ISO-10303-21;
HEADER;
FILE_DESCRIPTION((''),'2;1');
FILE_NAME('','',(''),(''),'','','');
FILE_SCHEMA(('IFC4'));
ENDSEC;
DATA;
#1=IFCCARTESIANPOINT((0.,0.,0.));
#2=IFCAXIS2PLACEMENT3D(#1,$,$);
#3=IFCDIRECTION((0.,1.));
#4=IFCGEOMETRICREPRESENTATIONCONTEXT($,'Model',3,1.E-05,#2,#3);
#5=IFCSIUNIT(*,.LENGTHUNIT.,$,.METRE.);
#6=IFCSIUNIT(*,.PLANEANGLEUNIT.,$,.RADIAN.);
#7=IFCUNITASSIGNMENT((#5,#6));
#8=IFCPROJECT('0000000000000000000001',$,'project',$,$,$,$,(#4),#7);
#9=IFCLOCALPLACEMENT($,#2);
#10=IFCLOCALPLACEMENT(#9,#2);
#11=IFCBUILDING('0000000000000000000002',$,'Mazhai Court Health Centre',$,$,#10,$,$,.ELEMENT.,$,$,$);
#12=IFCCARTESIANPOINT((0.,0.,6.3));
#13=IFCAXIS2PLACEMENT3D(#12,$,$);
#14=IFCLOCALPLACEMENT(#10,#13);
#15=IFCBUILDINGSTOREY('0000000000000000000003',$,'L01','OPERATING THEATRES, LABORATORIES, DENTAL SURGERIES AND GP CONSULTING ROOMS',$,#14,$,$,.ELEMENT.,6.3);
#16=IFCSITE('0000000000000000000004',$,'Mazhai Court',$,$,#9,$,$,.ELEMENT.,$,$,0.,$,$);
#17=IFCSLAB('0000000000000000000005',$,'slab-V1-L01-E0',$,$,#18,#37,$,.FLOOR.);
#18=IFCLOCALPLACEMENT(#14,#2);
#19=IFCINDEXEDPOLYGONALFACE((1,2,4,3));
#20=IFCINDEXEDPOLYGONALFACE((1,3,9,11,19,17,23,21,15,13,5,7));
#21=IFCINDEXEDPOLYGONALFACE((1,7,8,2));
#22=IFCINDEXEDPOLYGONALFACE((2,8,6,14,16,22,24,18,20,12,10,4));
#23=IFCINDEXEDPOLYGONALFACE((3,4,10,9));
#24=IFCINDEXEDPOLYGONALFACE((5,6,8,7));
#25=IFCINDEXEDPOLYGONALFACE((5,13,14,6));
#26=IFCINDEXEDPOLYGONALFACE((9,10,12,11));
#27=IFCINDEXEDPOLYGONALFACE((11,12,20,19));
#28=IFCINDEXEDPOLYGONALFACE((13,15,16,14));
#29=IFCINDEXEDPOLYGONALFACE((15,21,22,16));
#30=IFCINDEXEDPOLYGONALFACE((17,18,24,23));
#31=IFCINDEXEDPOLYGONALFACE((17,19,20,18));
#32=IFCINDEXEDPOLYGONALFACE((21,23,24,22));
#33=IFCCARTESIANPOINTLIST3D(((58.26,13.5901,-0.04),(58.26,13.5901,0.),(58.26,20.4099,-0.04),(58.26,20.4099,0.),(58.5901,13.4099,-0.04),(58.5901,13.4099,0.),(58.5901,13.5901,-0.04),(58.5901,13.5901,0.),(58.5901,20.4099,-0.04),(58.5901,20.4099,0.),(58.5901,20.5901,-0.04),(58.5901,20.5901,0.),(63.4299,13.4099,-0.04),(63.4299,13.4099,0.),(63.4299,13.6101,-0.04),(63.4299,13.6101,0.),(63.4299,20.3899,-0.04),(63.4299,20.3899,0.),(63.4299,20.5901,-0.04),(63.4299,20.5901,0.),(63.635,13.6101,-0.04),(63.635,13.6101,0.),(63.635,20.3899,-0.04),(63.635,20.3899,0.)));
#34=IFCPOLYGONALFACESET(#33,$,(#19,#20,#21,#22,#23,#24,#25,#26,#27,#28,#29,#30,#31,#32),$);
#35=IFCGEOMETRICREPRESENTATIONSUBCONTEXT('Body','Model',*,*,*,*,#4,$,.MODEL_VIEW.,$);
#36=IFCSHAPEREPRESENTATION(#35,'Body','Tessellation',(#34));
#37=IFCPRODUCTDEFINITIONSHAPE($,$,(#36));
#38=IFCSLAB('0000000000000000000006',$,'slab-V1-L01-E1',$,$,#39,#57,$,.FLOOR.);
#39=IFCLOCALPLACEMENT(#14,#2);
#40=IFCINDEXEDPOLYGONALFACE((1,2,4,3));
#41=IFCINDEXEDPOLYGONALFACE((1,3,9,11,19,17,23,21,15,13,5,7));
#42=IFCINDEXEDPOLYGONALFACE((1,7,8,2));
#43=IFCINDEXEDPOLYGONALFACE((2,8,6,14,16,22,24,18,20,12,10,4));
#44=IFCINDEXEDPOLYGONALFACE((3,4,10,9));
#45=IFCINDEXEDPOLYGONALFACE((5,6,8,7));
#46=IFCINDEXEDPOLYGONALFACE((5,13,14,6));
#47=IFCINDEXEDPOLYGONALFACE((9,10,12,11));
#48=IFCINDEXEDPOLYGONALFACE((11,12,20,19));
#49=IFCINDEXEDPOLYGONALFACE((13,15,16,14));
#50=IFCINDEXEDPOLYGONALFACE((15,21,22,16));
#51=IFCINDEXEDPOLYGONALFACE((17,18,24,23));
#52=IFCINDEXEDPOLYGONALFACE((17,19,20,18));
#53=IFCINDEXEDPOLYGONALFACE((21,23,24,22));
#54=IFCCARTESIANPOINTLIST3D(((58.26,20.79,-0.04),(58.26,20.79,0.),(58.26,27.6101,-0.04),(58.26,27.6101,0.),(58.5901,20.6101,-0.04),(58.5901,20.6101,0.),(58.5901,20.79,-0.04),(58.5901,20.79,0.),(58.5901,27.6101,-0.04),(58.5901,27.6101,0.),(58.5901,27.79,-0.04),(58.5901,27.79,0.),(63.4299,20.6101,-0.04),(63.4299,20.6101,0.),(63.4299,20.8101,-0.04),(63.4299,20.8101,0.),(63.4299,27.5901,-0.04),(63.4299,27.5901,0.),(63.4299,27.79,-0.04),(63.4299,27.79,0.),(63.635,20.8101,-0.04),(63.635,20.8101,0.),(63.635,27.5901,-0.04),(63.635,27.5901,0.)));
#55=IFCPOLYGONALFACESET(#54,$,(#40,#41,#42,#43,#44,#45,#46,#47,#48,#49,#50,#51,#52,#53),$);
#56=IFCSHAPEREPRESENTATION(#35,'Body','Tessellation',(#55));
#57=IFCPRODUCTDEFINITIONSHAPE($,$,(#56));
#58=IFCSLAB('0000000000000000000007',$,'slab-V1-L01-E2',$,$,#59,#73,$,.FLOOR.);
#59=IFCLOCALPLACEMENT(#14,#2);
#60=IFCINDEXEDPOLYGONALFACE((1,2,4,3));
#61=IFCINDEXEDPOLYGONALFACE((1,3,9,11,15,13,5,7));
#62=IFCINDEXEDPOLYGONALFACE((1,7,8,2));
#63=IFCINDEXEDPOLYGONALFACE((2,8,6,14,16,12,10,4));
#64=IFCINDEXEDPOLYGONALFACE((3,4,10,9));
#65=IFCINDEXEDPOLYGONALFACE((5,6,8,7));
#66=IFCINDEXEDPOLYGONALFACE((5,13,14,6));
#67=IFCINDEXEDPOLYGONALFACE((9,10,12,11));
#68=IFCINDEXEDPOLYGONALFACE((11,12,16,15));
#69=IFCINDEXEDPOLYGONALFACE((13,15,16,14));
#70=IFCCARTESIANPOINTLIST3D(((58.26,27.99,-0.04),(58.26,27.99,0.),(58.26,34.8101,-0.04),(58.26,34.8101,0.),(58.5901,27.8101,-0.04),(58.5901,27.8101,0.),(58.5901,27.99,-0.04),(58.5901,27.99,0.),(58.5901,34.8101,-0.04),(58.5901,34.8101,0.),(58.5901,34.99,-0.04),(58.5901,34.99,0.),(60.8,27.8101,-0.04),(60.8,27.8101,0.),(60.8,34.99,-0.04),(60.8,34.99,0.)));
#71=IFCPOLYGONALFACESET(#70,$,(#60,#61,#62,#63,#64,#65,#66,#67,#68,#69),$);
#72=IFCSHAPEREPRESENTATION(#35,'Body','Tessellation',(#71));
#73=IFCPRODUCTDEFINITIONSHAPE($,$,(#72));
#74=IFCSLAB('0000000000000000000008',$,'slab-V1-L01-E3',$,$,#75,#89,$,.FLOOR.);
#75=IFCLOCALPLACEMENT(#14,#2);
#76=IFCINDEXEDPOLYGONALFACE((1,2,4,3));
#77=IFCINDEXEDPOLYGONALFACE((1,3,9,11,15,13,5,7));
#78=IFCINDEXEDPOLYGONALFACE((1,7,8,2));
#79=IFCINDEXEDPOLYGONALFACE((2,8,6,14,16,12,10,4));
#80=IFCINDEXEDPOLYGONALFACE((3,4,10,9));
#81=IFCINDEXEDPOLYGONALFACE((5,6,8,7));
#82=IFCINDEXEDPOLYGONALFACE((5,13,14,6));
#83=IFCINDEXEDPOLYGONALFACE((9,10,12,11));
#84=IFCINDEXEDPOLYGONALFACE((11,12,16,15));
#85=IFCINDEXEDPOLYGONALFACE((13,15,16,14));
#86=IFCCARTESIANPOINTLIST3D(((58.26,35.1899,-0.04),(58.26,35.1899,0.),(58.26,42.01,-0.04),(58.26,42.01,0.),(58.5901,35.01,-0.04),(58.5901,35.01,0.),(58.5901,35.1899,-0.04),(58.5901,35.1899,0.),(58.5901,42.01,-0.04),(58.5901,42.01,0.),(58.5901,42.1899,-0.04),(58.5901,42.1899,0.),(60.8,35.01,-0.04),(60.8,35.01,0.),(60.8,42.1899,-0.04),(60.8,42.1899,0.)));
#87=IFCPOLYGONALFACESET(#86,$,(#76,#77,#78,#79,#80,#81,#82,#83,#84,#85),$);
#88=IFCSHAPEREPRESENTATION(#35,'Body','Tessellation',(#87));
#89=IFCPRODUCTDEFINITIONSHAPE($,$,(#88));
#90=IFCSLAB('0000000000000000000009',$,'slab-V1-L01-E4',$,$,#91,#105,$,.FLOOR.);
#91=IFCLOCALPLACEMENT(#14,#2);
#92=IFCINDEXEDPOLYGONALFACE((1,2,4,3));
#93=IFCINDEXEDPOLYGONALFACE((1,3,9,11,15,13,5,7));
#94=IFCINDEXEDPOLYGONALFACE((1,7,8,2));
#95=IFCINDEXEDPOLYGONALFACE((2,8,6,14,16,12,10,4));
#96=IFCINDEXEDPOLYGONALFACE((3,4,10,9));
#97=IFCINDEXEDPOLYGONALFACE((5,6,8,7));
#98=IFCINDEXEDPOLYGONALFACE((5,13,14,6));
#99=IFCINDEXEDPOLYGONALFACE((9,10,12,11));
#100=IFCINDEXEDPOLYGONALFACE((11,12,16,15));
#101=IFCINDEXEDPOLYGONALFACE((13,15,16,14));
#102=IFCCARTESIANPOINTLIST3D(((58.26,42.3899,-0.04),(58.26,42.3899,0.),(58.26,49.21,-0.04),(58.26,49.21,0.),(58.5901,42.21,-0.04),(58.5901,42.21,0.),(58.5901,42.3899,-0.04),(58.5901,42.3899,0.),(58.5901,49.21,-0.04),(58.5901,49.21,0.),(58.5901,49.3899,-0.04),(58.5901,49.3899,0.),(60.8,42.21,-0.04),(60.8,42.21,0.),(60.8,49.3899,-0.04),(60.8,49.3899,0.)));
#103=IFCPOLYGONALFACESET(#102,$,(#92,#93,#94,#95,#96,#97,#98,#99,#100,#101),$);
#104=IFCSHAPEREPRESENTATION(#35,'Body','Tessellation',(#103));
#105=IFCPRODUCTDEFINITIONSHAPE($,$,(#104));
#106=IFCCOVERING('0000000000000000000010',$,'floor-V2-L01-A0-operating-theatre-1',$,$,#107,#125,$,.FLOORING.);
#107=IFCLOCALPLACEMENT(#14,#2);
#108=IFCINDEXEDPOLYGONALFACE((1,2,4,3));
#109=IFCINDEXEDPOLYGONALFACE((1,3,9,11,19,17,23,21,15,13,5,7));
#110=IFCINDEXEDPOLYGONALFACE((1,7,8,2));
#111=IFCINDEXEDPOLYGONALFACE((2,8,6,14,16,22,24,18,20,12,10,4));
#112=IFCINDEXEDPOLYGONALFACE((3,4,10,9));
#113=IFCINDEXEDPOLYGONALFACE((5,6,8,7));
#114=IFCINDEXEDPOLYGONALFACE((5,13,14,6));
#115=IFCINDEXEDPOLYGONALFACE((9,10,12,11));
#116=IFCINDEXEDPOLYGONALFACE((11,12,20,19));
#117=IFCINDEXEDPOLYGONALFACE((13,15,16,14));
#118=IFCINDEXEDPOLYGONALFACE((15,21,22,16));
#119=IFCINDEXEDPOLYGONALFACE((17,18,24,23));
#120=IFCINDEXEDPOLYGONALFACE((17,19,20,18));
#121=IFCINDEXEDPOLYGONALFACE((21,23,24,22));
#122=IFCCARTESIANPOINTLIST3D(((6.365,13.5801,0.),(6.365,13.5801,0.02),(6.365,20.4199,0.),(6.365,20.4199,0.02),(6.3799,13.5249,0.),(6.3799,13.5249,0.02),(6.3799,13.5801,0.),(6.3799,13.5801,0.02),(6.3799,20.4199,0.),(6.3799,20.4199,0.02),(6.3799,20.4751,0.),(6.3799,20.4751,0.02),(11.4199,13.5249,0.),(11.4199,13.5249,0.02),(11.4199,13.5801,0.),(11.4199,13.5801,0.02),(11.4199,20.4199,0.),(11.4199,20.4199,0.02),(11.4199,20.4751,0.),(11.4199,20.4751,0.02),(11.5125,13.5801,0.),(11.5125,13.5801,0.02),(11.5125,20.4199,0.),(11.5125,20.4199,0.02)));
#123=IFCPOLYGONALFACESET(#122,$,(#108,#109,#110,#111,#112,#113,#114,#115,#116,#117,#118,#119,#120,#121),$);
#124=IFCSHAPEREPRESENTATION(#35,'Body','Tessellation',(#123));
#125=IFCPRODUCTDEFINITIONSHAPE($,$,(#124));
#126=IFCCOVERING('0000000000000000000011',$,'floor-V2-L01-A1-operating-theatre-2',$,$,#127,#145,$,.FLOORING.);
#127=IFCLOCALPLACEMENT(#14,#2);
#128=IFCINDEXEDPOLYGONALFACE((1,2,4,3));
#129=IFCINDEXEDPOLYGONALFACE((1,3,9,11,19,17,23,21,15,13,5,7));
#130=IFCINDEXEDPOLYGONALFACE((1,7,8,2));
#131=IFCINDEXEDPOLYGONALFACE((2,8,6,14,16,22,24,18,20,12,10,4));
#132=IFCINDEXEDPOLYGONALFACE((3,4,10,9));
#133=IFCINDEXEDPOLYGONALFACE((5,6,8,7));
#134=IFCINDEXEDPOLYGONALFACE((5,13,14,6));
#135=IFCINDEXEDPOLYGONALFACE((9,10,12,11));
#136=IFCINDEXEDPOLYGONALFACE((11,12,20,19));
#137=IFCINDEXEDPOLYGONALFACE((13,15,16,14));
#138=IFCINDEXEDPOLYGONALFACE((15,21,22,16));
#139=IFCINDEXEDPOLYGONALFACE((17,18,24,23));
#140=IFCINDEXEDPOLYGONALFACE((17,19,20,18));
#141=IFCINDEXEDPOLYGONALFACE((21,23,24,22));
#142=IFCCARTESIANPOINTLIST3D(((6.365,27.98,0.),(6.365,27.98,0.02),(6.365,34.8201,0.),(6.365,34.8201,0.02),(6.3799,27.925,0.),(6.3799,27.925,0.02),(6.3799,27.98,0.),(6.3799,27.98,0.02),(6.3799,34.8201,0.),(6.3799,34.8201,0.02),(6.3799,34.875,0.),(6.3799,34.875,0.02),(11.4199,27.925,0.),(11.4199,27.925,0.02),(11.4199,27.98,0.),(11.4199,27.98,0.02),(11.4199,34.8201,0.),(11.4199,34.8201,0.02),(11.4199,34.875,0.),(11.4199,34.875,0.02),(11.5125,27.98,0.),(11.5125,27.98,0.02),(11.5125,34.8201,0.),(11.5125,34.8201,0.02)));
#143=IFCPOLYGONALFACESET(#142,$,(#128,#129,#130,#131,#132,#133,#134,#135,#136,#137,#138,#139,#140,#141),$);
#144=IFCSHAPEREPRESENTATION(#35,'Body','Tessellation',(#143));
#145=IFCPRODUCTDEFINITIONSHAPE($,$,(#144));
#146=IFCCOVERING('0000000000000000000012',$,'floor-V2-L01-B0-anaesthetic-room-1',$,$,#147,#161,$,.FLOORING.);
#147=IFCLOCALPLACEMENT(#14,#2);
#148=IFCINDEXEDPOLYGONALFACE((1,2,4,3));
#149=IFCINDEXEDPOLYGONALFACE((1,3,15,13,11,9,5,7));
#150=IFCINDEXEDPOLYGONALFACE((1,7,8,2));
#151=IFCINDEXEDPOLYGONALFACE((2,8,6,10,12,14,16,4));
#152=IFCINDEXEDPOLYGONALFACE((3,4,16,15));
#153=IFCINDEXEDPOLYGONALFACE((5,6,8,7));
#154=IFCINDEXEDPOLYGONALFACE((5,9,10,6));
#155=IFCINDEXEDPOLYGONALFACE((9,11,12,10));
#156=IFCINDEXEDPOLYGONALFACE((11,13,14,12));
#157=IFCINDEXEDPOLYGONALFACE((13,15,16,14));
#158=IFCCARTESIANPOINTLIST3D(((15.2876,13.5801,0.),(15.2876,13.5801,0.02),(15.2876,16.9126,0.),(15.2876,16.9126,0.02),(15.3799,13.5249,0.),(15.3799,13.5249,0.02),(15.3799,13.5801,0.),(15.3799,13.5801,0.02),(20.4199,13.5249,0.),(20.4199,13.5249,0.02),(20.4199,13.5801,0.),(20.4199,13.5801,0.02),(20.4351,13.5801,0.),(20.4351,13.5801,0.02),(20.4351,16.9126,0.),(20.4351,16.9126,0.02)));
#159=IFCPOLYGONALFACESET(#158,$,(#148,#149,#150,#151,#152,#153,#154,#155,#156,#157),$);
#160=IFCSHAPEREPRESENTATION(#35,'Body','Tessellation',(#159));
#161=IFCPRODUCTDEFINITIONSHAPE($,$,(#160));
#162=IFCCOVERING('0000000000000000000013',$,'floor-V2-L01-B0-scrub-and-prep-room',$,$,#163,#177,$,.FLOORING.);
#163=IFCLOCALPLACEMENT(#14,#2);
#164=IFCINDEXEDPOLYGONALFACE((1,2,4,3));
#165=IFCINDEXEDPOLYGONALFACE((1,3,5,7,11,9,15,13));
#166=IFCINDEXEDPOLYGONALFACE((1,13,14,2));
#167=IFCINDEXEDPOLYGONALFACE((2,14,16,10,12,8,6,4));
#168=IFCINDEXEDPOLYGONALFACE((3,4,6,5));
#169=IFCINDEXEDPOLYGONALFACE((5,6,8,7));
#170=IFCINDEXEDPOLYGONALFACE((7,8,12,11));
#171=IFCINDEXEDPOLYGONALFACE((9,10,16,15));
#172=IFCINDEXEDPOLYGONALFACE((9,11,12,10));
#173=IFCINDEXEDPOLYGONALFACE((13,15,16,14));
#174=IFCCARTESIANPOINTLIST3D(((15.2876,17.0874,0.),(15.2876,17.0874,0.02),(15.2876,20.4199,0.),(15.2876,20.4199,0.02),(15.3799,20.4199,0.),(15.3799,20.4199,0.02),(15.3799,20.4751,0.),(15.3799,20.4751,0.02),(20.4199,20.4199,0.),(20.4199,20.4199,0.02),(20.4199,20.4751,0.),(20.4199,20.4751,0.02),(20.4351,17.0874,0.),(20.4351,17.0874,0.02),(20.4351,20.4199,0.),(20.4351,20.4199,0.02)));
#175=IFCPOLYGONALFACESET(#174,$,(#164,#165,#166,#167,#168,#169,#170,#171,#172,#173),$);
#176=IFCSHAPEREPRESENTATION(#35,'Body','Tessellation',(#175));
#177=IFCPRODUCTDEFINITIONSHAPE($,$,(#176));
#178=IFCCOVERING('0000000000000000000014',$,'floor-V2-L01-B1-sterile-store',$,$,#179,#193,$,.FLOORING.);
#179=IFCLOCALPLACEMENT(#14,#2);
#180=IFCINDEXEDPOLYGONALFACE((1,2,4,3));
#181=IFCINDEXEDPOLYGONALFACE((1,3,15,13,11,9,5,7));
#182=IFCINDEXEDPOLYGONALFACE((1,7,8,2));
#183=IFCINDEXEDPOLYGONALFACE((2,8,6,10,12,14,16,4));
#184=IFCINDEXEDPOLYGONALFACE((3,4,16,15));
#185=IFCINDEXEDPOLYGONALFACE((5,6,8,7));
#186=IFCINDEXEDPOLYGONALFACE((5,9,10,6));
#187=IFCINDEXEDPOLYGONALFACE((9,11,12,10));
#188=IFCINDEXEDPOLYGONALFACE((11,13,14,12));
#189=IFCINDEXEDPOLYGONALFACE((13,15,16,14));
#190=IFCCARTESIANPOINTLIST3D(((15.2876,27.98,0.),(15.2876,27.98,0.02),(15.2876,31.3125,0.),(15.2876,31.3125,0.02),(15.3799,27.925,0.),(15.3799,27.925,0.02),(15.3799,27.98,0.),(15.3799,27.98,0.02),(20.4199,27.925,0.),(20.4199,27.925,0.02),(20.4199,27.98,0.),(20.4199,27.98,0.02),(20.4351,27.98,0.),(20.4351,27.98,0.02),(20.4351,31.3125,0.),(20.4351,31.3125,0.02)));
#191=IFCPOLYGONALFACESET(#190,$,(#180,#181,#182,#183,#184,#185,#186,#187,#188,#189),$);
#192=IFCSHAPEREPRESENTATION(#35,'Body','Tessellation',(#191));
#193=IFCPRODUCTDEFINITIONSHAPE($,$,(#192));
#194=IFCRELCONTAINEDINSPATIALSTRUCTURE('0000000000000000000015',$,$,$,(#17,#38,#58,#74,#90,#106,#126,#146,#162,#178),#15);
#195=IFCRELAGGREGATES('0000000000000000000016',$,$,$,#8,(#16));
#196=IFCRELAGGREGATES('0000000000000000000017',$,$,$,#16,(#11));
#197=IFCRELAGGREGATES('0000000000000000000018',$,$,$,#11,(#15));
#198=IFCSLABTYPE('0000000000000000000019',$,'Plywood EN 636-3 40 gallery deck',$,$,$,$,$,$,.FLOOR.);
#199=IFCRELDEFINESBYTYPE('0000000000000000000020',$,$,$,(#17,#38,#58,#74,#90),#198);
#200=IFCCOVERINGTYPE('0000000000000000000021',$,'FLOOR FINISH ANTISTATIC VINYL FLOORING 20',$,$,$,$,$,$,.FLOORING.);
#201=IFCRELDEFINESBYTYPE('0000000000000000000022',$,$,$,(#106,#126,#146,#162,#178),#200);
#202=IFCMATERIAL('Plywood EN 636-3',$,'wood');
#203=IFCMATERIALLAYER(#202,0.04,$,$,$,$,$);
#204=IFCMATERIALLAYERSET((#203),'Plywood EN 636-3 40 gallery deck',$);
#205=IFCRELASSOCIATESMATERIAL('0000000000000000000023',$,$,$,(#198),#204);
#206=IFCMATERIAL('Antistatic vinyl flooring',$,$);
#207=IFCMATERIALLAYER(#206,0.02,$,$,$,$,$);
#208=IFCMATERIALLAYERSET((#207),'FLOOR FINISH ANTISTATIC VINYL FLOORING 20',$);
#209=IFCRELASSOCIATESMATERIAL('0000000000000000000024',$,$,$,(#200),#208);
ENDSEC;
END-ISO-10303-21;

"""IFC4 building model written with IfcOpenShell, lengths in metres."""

from ifc_helpers import new_model, si_unit, direction, frame, origin, place, context, subcontext, project, spatial, polyline, outline, extrude, material, layer, layer_set, type_object, element, save


model = new_model("IFC4")

# Units and contexts
model_context = context("Model", 3, precision=1e-05, world=origin(), true_north=direction((0.0, 1.0)))
body_context = subcontext(model_context, "Body", "Model", "MODEL_VIEW")
ifc_project = project(units=[si_unit("LENGTHUNIT", "METRE"), si_unit("PLANEANGLEUNIT", "RADIAN")], contexts=[model_context])

# Site, building, storey
site_placement = place(None, origin())
site = spatial("IfcSite", under=ifc_project, at=site_placement, Name="Mazhai Court", CompositionType="ELEMENT", RefElevation=0.0)
building_placement = place(site_placement, origin())
building = spatial("IfcBuilding", under=site, at=building_placement, Name="Mazhai Court Health Centre", CompositionType="ELEMENT")
storey_placement = place(building_placement, frame((0.0, 0.0, 6.3)))
storey = spatial("IfcBuildingStorey", under=building, at=storey_placement, Name="L01", Description="OPERATING THEATRES, LABORATORIES, DENTAL SURGERIES AND GP CONSULTING ROOMS", CompositionType="ELEMENT", Elevation=6.3)

# Slabs
ifc_material_1 = material(Name="Plywood EN 636-3", Category="wood")
ifc_layer_1 = layer(ifc_material_1, 0.04)
ifc_layer_set_1 = layer_set([ifc_layer_1], Name="Plywood EN 636-3 40 gallery deck")
slab_type_1 = type_object("IfcSlabType", Name="Plywood EN 636-3 40 gallery deck", PredefinedType="FLOOR", material=ifc_layer_set_1)
slab_1_placement = place(storey_placement, frame((0.0, 0.0, -0.04)))
element("IfcSlab", 1, at=slab_1_placement, inside=storey, type_object=slab_type_1, Name="slab-V1-L01-E0", PredefinedType="FLOOR", context=body_context, shape_type="SweptSolid", body=[
    extrude(outline(polyline([(63.635, 13.6101), (63.635, 20.3899), (63.4299, 20.3899), (63.4299, 20.5901), (58.5901, 20.5901), (58.5901, 20.4099), (58.26, 20.4099), (58.26, 13.5901), (58.5901, 13.5901), (58.5901, 13.4099), (63.4299, 13.4099), (63.4299, 13.6101), (63.635, 13.6101)])), origin(), (0.0, 0.0, 1.0), 0.04),
])
slab_2_placement = place(storey_placement, frame((0.0, 0.0, -0.04)))
element("IfcSlab", 2, at=slab_2_placement, inside=storey, type_object=slab_type_1, Name="slab-V1-L01-E1", PredefinedType="FLOOR", context=body_context, shape_type="SweptSolid", body=[
    extrude(outline(polyline([(63.635, 20.8101), (63.635, 27.5901), (63.4299, 27.5901), (63.4299, 27.79), (58.5901, 27.79), (58.5901, 27.6101), (58.26, 27.6101), (58.26, 20.79), (58.5901, 20.79), (58.5901, 20.6101), (63.4299, 20.6101), (63.4299, 20.8101), (63.635, 20.8101)])), origin(), (0.0, 0.0, 1.0), 0.04),
])
slab_3_placement = place(storey_placement, frame((0.0, 0.0, -0.04)))
element("IfcSlab", 3, at=slab_3_placement, inside=storey, type_object=slab_type_1, Name="slab-V1-L01-E2", PredefinedType="FLOOR", context=body_context, shape_type="SweptSolid", body=[
    extrude(outline(polyline([(58.5901, 27.8101), (60.8, 27.8101), (60.8, 34.99), (58.5901, 34.99), (58.5901, 34.8101), (58.26, 34.8101), (58.26, 27.99), (58.5901, 27.99), (58.5901, 27.8101)])), origin(), (0.0, 0.0, 1.0), 0.04),
])
slab_4_placement = place(storey_placement, frame((0.0, 0.0, -0.04)))
element("IfcSlab", 4, at=slab_4_placement, inside=storey, type_object=slab_type_1, Name="slab-V1-L01-E3", PredefinedType="FLOOR", context=body_context, shape_type="SweptSolid", body=[
    extrude(outline(polyline([(58.5901, 35.01), (60.8, 35.01), (60.8, 42.1899), (58.5901, 42.1899), (58.5901, 42.01), (58.26, 42.01), (58.26, 35.1899), (58.5901, 35.1899), (58.5901, 35.01)])), origin(), (0.0, 0.0, 1.0), 0.04),
])
slab_5_placement = place(storey_placement, frame((0.0, 0.0, -0.04)))
element("IfcSlab", 5, at=slab_5_placement, inside=storey, type_object=slab_type_1, Name="slab-V1-L01-E4", PredefinedType="FLOOR", context=body_context, shape_type="SweptSolid", body=[
    extrude(outline(polyline([(58.5901, 42.21), (60.8, 42.21), (60.8, 49.3899), (58.5901, 49.3899), (58.5901, 49.21), (58.26, 49.21), (58.26, 42.3899), (58.5901, 42.3899), (58.5901, 42.21)])), origin(), (0.0, 0.0, 1.0), 0.04),
])

# Coverings
ifc_material_2 = material(Name="Antistatic vinyl flooring")
ifc_layer_2 = layer(ifc_material_2, 0.02)
ifc_layer_set_2 = layer_set([ifc_layer_2], Name="FLOOR FINISH ANTISTATIC VINYL FLOORING 20")
covering_type_1 = type_object("IfcCoveringType", Name="FLOOR FINISH ANTISTATIC VINYL FLOORING 20", PredefinedType="FLOORING", material=ifc_layer_set_2)
covering_1_placement = place(storey_placement, origin())
element("IfcCovering", 6, at=covering_1_placement, inside=storey, type_object=covering_type_1, Name="floor-V2-L01-A0-operating-theatre-1", PredefinedType="FLOORING", context=body_context, shape_type="SweptSolid", body=[
    extrude(outline(polyline([(11.5125, 20.4199), (11.4199, 20.4199), (11.4199, 20.4751), (6.3799, 20.4751), (6.3799, 20.4199), (6.365, 20.4199), (6.365, 13.5801), (6.3799, 13.5801), (6.3799, 13.5249), (11.4199, 13.5249), (11.4199, 13.5801), (11.5125, 13.5801), (11.5125, 20.4199)])), origin(), (0.0, 0.0, 1.0), 0.02),
])
covering_2_placement = place(storey_placement, origin())
element("IfcCovering", 7, at=covering_2_placement, inside=storey, type_object=covering_type_1, Name="floor-V2-L01-A1-operating-theatre-2", PredefinedType="FLOORING", context=body_context, shape_type="SweptSolid", body=[
    extrude(outline(polyline([(11.5125, 34.8201), (11.4199, 34.8201), (11.4199, 34.875), (6.3799, 34.875), (6.3799, 34.8201), (6.365, 34.8201), (6.365, 27.98), (6.3799, 27.98), (6.3799, 27.925), (11.4199, 27.925), (11.4199, 27.98), (11.5125, 27.98), (11.5125, 34.8201)])), origin(), (0.0, 0.0, 1.0), 0.02),
])
covering_3_placement = place(storey_placement, origin())
element("IfcCovering", 8, at=covering_3_placement, inside=storey, type_object=covering_type_1, Name="floor-V2-L01-B0-anaesthetic-room-1", PredefinedType="FLOORING", context=body_context, shape_type="SweptSolid", body=[
    extrude(outline(polyline([(15.2876, 13.5801), (15.3799, 13.5801), (15.3799, 13.5249), (20.4199, 13.5249), (20.4199, 13.5801), (20.4351, 13.5801), (20.4351, 16.9126), (15.2876, 16.9126), (15.2876, 13.5801)])), origin(), (0.0, 0.0, 1.0), 0.02),
])
covering_4_placement = place(storey_placement, origin())
element("IfcCovering", 9, at=covering_4_placement, inside=storey, type_object=covering_type_1, Name="floor-V2-L01-B0-scrub-and-prep-room", PredefinedType="FLOORING", context=body_context, shape_type="SweptSolid", body=[
    extrude(outline(polyline([(20.4351, 20.4199), (20.4199, 20.4199), (20.4199, 20.4751), (15.3799, 20.4751), (15.3799, 20.4199), (15.2876, 20.4199), (15.2876, 17.0874), (20.4351, 17.0874), (20.4351, 20.4199)])), origin(), (0.0, 0.0, 1.0), 0.02),
])
covering_5_placement = place(storey_placement, origin())
element("IfcCovering", 10, at=covering_5_placement, inside=storey, type_object=covering_type_1, Name="floor-V2-L01-B1-sterile-store", PredefinedType="FLOORING", context=body_context, shape_type="SweptSolid", body=[
    extrude(outline(polyline([(15.2876, 27.98), (15.3799, 27.98), (15.3799, 27.925), (20.4199, 27.925), (20.4199, 27.98), (20.4351, 27.98), (20.4351, 31.3125), (15.2876, 31.3125), (15.2876, 27.98)])), origin(), (0.0, 0.0, 1.0), 0.02),
])

save(model, "model.ifc")
